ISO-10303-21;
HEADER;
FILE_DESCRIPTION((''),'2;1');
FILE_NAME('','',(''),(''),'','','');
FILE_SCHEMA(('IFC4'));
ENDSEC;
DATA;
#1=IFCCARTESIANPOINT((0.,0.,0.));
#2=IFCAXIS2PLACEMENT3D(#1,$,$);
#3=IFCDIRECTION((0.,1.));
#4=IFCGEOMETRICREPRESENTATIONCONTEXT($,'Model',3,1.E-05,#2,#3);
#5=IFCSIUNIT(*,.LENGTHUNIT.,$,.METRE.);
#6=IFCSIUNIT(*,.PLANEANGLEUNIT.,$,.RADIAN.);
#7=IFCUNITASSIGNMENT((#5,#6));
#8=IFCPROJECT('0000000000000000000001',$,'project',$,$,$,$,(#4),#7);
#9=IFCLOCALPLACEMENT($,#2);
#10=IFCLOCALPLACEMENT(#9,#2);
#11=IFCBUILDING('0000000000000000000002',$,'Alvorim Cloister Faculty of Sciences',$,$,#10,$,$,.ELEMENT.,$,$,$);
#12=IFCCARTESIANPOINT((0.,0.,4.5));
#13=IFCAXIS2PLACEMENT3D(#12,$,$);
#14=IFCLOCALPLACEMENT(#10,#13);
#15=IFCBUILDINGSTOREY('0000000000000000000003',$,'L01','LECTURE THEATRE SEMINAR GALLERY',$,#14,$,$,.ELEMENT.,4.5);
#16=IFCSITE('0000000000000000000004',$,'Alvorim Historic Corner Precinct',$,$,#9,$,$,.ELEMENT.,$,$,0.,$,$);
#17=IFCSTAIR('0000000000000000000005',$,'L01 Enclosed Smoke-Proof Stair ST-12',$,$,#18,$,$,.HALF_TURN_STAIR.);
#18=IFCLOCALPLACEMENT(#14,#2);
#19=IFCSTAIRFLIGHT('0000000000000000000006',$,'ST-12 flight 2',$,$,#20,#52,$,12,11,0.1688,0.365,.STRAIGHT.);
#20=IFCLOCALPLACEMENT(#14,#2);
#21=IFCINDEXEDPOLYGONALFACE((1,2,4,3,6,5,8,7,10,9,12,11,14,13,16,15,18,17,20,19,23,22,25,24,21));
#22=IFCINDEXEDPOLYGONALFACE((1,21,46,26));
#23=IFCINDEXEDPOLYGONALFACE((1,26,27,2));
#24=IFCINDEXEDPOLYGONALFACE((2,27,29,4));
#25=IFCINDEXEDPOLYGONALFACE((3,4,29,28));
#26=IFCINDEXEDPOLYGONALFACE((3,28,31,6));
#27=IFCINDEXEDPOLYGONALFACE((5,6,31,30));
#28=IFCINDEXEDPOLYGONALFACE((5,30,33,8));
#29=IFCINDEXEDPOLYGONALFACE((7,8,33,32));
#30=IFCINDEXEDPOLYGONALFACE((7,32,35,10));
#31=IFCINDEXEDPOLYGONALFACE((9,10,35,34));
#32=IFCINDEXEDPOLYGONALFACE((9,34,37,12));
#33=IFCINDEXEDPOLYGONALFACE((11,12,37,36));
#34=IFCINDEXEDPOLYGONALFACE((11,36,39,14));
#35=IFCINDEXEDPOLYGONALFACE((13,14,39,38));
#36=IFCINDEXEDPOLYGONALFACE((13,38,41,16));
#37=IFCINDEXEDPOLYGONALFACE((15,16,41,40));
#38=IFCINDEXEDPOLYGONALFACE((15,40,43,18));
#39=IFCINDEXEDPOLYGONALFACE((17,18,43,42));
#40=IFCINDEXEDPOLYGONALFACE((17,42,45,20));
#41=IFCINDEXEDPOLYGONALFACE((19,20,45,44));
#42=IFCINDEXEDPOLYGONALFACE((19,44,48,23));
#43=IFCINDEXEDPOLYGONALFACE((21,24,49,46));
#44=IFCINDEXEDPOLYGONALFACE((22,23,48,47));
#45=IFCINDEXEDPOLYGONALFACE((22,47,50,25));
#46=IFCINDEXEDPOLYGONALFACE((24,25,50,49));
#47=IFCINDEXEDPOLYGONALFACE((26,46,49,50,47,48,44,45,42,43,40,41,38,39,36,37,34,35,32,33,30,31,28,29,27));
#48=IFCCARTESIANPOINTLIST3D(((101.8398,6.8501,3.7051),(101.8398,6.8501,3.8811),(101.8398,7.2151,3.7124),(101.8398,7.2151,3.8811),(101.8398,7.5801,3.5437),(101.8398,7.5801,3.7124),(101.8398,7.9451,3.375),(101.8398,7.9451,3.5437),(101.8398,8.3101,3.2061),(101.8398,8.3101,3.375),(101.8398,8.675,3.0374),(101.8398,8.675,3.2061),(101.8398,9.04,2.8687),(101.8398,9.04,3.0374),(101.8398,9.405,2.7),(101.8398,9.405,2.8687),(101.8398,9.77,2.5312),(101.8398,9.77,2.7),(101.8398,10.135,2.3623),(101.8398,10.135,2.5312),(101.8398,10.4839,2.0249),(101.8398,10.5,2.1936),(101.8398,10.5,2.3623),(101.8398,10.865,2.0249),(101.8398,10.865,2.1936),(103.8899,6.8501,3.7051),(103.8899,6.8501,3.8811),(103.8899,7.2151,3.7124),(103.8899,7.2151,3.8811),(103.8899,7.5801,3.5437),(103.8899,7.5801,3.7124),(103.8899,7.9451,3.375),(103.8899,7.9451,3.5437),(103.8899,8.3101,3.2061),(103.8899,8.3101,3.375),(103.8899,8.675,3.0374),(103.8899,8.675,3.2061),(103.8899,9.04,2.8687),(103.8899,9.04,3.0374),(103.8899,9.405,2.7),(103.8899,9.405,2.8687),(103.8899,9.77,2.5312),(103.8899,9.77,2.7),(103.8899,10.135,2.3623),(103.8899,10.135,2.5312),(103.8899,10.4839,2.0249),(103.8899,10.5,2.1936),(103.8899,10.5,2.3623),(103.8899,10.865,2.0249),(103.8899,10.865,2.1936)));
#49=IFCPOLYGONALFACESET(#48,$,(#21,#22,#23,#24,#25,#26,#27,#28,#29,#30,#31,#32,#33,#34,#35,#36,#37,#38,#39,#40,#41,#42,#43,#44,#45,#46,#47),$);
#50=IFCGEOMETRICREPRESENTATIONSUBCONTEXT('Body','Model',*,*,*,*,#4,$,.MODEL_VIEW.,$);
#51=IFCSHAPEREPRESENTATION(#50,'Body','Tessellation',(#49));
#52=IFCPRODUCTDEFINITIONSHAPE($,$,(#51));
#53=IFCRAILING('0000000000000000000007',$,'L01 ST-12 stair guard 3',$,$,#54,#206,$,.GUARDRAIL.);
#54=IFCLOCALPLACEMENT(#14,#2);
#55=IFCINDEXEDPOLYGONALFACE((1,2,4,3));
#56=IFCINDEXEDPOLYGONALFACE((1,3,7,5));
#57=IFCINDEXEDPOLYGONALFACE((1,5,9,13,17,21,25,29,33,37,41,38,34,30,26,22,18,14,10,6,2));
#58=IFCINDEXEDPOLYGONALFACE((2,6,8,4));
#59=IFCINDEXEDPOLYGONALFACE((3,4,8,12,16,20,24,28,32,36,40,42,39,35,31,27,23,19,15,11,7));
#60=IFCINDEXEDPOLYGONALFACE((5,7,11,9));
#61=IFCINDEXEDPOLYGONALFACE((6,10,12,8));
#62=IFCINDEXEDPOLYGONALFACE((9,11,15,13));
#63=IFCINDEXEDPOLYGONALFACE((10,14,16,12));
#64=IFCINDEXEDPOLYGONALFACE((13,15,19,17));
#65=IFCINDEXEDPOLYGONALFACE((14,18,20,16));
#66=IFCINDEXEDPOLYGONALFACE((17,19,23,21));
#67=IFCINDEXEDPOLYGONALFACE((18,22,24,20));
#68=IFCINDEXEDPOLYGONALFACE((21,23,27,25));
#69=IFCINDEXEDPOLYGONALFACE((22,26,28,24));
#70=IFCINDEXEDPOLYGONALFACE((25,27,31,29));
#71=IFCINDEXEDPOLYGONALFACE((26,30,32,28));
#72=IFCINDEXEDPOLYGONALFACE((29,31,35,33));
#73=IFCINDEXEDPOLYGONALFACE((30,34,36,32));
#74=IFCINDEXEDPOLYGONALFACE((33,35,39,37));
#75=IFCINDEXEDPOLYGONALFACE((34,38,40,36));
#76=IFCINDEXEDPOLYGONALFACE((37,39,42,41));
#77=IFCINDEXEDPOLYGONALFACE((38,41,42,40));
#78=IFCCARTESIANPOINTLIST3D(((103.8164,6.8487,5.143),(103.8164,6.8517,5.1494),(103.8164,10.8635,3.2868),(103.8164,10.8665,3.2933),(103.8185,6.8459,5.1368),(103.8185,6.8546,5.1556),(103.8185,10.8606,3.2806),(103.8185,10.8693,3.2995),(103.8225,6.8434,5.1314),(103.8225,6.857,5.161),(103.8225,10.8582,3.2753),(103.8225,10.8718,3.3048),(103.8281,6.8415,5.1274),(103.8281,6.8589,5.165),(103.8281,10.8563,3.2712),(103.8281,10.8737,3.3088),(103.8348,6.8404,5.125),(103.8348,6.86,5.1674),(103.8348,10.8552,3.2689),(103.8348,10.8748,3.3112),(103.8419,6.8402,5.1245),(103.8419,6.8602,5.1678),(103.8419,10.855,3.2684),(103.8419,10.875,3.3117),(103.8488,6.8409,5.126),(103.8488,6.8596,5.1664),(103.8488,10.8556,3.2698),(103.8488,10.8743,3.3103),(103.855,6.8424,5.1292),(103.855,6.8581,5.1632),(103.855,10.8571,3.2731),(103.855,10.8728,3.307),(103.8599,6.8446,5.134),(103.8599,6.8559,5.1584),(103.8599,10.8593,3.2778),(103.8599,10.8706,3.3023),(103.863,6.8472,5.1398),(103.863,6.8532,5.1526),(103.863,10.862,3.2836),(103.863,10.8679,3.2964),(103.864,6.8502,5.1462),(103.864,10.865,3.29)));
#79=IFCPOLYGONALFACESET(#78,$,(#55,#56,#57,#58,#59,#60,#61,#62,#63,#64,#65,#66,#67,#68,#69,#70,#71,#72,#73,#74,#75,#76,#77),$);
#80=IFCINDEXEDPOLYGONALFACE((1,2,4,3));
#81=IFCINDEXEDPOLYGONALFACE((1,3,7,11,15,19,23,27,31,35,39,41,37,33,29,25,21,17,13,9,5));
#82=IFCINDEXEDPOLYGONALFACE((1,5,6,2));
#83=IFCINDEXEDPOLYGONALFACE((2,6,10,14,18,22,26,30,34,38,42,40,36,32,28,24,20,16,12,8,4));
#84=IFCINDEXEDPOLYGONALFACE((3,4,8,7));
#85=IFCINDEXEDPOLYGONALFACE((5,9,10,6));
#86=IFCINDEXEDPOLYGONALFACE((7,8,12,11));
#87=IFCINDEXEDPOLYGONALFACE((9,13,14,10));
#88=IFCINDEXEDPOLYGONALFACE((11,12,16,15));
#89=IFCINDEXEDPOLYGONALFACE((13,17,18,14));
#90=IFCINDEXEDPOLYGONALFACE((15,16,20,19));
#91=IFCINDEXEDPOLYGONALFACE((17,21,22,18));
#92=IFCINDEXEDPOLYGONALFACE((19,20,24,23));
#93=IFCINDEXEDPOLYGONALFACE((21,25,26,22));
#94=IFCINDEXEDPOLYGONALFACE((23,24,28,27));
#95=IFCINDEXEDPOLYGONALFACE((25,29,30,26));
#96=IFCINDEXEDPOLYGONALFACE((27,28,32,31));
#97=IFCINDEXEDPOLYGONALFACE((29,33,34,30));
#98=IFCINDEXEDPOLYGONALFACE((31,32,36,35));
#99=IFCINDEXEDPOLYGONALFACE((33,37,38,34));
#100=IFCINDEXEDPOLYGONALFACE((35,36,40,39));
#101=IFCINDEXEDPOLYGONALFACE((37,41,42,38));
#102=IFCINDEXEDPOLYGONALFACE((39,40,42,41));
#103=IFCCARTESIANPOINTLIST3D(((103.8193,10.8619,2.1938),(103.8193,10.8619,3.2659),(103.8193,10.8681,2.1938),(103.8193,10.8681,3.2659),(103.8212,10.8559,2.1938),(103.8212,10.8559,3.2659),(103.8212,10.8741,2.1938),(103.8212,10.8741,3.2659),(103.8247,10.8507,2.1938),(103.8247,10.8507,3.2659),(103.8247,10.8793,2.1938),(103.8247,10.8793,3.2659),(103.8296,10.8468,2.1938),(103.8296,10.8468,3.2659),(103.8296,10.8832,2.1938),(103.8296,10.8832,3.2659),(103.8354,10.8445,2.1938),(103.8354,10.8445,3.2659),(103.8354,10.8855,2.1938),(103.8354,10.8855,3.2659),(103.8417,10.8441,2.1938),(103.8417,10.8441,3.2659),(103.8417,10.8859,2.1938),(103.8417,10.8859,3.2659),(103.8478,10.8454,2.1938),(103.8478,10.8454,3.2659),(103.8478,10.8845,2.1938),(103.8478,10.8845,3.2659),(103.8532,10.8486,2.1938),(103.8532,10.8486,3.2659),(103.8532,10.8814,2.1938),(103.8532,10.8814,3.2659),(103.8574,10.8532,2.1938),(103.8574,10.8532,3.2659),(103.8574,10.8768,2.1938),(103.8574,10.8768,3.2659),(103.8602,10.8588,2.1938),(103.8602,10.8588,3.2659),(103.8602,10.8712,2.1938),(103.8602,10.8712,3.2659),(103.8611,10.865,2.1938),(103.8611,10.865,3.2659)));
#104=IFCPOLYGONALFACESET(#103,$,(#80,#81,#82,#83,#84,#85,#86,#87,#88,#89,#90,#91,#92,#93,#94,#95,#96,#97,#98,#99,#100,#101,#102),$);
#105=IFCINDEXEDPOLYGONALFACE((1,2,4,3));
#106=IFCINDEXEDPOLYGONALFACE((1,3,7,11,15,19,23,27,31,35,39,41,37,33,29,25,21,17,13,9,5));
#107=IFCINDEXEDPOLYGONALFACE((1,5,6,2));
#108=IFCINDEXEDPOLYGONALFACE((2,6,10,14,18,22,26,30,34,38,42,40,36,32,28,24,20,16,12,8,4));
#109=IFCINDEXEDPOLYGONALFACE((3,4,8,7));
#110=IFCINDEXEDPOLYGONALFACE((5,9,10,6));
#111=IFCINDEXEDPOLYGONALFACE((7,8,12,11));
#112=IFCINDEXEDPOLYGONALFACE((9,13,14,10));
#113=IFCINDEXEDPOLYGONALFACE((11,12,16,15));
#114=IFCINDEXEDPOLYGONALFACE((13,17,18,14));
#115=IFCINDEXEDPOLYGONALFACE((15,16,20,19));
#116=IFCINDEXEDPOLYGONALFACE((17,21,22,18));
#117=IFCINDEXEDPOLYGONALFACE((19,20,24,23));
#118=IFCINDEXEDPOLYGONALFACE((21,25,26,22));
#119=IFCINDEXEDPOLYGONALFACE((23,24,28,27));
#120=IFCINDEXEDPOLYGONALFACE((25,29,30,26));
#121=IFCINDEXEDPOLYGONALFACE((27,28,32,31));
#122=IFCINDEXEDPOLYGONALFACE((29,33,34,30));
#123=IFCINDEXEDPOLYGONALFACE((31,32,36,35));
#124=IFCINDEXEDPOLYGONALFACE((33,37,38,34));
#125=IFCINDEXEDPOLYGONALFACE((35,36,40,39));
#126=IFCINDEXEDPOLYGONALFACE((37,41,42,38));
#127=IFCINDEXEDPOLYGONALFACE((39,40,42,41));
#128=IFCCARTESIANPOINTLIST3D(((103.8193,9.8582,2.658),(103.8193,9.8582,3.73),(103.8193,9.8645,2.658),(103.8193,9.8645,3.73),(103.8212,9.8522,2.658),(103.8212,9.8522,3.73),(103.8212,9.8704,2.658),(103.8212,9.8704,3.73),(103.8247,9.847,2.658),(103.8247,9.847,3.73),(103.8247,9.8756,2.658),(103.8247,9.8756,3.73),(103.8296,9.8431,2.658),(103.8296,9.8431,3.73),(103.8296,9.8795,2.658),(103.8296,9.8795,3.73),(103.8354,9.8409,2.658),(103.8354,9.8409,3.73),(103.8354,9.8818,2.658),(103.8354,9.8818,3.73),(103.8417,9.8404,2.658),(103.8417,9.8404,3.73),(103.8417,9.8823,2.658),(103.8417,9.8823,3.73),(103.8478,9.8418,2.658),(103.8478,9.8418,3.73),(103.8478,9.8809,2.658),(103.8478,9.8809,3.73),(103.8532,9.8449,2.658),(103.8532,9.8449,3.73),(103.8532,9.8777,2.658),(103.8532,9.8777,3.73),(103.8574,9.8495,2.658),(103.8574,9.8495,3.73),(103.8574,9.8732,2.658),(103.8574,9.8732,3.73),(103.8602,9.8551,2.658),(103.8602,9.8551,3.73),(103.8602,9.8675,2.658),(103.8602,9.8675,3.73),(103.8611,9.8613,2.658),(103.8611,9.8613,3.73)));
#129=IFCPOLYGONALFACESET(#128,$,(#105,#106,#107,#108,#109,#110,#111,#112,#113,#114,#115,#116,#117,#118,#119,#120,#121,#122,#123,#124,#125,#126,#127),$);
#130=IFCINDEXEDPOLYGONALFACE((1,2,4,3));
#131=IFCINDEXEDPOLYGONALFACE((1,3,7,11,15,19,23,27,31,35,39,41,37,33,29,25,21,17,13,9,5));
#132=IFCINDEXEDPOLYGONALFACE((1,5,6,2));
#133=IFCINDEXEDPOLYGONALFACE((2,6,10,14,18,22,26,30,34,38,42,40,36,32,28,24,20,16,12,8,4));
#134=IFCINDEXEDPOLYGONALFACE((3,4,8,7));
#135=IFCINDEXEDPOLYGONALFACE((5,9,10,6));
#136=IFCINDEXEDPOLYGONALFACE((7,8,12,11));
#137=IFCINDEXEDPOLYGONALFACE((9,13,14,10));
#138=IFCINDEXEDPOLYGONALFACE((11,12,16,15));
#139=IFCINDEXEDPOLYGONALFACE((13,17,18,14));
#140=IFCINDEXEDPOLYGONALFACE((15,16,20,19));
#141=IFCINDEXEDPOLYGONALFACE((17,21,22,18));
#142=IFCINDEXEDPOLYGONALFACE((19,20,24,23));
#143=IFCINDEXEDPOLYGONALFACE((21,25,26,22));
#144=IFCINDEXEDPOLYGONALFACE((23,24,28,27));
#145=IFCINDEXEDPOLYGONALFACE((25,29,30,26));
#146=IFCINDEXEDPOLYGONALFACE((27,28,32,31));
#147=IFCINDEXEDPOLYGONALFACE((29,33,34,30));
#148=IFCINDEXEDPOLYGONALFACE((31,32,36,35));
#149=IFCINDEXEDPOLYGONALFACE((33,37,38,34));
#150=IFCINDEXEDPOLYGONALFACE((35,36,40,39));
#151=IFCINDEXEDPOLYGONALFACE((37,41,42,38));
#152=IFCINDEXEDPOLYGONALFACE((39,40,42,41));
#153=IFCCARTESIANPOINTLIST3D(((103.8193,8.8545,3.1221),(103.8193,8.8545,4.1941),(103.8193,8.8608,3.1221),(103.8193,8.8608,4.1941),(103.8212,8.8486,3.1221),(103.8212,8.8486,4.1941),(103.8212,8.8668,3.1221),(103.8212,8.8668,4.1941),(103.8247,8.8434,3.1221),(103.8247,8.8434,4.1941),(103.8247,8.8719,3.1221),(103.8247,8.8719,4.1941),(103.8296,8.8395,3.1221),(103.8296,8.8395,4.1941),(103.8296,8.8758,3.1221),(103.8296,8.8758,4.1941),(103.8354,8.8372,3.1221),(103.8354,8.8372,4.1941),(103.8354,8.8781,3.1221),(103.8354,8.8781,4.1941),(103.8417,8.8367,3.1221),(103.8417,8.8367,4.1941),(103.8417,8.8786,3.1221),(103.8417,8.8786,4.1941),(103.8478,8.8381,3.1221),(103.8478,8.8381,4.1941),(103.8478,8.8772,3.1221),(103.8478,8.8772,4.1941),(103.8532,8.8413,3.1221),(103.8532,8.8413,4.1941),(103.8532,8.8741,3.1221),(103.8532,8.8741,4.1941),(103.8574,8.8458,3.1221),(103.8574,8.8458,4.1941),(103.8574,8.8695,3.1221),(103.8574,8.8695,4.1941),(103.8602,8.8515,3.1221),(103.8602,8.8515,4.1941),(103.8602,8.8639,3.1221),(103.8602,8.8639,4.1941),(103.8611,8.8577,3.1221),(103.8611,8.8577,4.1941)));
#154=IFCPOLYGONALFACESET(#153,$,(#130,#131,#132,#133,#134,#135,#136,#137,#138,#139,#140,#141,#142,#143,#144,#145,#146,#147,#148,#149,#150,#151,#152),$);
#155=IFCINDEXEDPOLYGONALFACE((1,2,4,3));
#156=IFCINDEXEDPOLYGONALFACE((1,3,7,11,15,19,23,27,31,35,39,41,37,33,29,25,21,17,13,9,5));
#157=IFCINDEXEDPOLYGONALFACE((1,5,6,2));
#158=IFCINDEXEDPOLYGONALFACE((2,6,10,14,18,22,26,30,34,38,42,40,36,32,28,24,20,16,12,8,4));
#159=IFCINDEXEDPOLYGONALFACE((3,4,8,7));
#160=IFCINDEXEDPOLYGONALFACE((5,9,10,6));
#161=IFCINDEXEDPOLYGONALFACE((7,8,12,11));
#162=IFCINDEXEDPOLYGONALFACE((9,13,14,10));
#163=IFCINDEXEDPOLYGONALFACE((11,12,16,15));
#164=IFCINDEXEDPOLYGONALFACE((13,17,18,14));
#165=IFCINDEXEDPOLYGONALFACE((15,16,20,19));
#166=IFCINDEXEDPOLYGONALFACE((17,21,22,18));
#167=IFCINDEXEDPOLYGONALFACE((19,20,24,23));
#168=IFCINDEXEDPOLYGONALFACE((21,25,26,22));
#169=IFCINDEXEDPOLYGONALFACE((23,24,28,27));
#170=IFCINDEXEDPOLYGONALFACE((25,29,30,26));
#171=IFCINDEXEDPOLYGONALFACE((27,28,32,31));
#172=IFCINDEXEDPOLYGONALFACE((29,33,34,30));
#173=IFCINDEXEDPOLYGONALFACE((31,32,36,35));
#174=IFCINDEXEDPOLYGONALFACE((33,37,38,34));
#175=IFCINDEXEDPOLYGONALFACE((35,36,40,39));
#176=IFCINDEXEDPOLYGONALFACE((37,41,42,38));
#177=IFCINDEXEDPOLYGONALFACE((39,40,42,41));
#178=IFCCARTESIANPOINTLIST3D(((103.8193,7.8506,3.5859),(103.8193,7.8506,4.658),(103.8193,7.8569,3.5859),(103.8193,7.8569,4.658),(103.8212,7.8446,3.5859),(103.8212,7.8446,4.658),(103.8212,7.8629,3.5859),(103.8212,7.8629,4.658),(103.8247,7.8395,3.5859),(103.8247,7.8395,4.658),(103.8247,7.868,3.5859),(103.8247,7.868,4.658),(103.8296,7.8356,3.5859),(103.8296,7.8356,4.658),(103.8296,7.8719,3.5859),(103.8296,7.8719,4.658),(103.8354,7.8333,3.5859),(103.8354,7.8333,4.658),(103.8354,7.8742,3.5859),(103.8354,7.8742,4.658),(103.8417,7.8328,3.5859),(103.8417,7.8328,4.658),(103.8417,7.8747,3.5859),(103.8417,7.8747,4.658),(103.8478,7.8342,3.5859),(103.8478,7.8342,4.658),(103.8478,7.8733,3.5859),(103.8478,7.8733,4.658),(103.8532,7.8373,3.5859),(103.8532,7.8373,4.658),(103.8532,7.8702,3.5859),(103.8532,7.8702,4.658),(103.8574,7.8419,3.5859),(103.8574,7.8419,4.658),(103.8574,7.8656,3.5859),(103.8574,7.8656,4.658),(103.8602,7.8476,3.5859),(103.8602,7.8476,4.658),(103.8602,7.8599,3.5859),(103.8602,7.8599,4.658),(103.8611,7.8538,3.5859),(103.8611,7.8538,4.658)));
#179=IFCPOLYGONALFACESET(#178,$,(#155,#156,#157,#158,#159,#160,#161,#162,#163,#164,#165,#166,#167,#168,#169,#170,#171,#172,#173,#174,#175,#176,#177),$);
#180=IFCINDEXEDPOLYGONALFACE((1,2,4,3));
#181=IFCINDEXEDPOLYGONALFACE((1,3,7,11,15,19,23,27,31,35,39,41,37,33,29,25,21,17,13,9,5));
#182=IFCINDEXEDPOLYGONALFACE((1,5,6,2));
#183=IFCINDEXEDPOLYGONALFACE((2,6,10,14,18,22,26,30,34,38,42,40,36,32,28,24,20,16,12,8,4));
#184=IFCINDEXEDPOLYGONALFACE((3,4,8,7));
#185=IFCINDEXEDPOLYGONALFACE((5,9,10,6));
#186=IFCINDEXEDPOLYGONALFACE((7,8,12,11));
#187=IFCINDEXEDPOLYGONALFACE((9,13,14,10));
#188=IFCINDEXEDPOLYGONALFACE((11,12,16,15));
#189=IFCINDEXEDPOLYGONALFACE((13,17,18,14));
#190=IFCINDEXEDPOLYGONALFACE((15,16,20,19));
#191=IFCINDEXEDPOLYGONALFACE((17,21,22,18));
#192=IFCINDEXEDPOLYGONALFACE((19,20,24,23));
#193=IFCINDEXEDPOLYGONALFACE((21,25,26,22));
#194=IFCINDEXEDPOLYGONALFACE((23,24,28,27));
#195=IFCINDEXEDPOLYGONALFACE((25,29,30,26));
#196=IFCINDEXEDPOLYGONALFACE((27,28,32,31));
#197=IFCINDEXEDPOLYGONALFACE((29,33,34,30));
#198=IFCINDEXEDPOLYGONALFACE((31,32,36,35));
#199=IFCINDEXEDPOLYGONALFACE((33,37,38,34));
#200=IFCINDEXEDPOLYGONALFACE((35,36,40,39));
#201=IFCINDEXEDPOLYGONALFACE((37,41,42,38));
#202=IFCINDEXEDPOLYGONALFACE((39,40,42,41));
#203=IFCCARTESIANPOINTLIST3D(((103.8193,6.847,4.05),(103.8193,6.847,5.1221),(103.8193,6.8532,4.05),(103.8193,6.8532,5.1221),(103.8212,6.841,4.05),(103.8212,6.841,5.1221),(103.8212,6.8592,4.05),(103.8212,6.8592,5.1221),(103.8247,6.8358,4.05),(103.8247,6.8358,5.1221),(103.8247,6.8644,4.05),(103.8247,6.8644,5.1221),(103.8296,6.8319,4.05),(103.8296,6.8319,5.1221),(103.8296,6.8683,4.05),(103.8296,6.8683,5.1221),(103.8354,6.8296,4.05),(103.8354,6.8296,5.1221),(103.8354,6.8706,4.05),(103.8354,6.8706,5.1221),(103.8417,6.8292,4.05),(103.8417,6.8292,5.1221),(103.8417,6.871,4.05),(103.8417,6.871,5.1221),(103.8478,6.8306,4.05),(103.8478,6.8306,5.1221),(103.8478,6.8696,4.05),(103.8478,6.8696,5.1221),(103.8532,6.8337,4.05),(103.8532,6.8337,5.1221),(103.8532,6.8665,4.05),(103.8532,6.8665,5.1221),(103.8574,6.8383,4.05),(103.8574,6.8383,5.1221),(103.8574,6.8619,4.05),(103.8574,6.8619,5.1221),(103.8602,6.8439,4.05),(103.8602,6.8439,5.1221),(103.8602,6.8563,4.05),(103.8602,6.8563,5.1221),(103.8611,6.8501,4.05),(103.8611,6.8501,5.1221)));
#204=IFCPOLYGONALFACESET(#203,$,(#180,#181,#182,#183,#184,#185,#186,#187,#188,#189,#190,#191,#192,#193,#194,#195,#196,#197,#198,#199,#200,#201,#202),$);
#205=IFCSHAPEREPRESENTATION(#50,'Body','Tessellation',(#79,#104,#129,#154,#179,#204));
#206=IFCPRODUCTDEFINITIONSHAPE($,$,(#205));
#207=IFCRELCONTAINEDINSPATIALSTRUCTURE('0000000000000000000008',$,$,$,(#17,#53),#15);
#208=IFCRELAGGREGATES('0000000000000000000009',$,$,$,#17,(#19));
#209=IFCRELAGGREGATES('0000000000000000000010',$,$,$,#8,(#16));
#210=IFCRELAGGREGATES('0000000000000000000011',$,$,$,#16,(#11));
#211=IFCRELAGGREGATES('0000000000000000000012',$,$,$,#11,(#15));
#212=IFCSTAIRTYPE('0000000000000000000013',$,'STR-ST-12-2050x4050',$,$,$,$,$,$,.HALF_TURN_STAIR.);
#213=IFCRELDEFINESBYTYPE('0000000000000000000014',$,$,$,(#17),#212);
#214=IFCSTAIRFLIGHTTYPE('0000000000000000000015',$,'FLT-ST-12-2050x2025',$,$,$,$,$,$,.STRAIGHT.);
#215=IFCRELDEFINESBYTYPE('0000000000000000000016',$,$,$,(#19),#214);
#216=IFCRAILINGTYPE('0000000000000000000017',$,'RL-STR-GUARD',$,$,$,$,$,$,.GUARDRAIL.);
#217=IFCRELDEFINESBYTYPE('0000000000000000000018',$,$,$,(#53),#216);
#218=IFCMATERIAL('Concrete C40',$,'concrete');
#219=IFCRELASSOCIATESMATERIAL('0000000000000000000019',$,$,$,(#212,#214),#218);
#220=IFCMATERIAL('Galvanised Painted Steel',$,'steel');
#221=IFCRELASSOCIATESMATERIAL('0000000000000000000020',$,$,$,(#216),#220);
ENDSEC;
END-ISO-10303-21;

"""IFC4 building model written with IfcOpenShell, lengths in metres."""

from ifc_helpers import new_model, si_unit, direction, frame, origin, origin_2d, place, context, subcontext, project, spatial, polyline, circle, outline, extrude, material, type_object, element, aggregate, save


model = new_model("IFC4")

# Units and contexts
model_context = context("Model", 3, precision=1e-05, world=origin(), true_north=direction((0.0, 1.0)))
body_context = subcontext(model_context, "Body", "Model", "MODEL_VIEW")
ifc_project = project(units=[si_unit("LENGTHUNIT", "METRE"), si_unit("PLANEANGLEUNIT", "RADIAN")], contexts=[model_context])

# Site, building, storey
site_placement = place(None, origin())
site = spatial("IfcSite", under=ifc_project, at=site_placement, Name="Alvorim Historic Corner Precinct", CompositionType="ELEMENT", RefElevation=0.0)
building_placement = place(site_placement, origin())
building = spatial("IfcBuilding", under=site, at=building_placement, Name="Alvorim Cloister Faculty of Sciences", CompositionType="ELEMENT")
storey_placement = place(building_placement, frame((0.0, 0.0, 4.5)))
storey = spatial("IfcBuildingStorey", under=building, at=storey_placement, Name="L01", Description="LECTURE THEATRE SEMINAR GALLERY", CompositionType="ELEMENT", Elevation=4.5)

# Shared definitions
ifc_material_1 = material(Name="Concrete C40", Category="concrete")

# Stair, stair flight
stair_type = type_object("IfcStairType", Name="STR-ST-12-2050x4050", PredefinedType="HALF_TURN_STAIR", material=ifc_material_1)
stair_placement = place(storey_placement, origin())
stair = element("IfcStair", 1, at=stair_placement, inside=storey, type_object=stair_type, Name="L01 Enclosed Smoke-Proof Stair ST-12", PredefinedType="HALF_TURN_STAIR")
stair_flight_type = type_object("IfcStairFlightType", Name="FLT-ST-12-2050x2025", PredefinedType="STRAIGHT", material=ifc_material_1)
stair_flight_placement = place(storey_placement, frame((102.865, 10.865, 2.0249), z_axis=(0.0, 0.0, 1.0), x_axis=(0.0, -1.0, 0.0)))
stair_flight = element("IfcStairFlight", 2, at=stair_flight_placement, type_object=stair_flight_type, Name="ST-12 flight 2", NumberOfRisers=12, NumberOfTreads=11, PredefinedType="STRAIGHT", RiserHeight=0.1688, TreadLength=0.365, context=body_context, shape_type="SweptSolid", body=[
    extrude(outline(polyline([(0.3811, 0.0), (4.0149, 1.6802), (4.0149, 2.0249), (4.0149, 1.8562), (3.6499, 1.8562), (3.6499, 1.6875), (3.2849, 1.6875), (3.2849, 1.5188), (2.9199, 1.5188), (2.9199, 1.3501), (2.5549, 1.3501), (2.5549, 1.1812), (2.1899, 1.1812), (2.1899, 1.0125), (1.825, 1.0125), (1.825, 0.8438), (1.46, 0.8438), (1.46, 0.675), (1.095, 0.675), (1.095, 0.5063), (0.73, 0.5063), (0.73, 0.3374), (0.365, 0.3374), (0.365, 0.1687), (0.0, 0.1687), (0.0, 0.0), (0.3811, 0.0)])), frame((0.0, 1.0249, 0.0), z_axis=(0.0, -1.0, 0.0), x_axis=(1.0, 0.0, 0.0)), (0.0, 0.0, 1.0), 2.05),
])
aggregate(stair, [stair_flight])

# Railing
ifc_material_2 = material(Name="Galvanised Painted Steel", Category="steel")
railing_type_1 = type_object("IfcRailingType", Name="RL-STR-GUARD", PredefinedType="GUARDRAIL", material=ifc_material_2)
railing_1_placement = place(storey_placement, frame((103.8401, 10.865, 2.1938)))
element("IfcRailing", 3, at=railing_1_placement, inside=storey, type_object=railing_type_1, Name="L01 ST-12 stair guard 3", PredefinedType="GUARDRAIL", context=body_context, shape_type="SweptSolid", body=[
    extrude(circle(Radius=0.0239, at=origin_2d()), frame((0.0, 0.0, 1.0962), z_axis=(0.0, -0.907686, 0.41965), x_axis=(1.0, 0.0, 0.0)), (0.0, 0.0, 1.0), 4.4231),
    extrude(circle(Radius=0.021, at=origin_2d()), origin(), (0.0, 0.0, 1.0), 1.072),
    extrude(circle(Radius=0.021, at=origin_2d()), frame((0.0, -1.0037, 0.4641)), (0.0, 0.0, 1.0), 1.072),
    extrude(circle(Radius=0.021, at=origin_2d()), frame((0.0, -2.0073, 0.9282)), (0.0, 0.0, 1.0), 1.072),
    extrude(circle(Radius=0.021, at=origin_2d()), frame((0.0, -3.0112, 1.3921)), (0.0, 0.0, 1.0), 1.072),
    extrude(circle(Radius=0.021, at=origin_2d()), frame((0.0, -4.0149, 1.8562)), (0.0, 0.0, 1.0), 1.072),
])

save(model, "model.ifc")
